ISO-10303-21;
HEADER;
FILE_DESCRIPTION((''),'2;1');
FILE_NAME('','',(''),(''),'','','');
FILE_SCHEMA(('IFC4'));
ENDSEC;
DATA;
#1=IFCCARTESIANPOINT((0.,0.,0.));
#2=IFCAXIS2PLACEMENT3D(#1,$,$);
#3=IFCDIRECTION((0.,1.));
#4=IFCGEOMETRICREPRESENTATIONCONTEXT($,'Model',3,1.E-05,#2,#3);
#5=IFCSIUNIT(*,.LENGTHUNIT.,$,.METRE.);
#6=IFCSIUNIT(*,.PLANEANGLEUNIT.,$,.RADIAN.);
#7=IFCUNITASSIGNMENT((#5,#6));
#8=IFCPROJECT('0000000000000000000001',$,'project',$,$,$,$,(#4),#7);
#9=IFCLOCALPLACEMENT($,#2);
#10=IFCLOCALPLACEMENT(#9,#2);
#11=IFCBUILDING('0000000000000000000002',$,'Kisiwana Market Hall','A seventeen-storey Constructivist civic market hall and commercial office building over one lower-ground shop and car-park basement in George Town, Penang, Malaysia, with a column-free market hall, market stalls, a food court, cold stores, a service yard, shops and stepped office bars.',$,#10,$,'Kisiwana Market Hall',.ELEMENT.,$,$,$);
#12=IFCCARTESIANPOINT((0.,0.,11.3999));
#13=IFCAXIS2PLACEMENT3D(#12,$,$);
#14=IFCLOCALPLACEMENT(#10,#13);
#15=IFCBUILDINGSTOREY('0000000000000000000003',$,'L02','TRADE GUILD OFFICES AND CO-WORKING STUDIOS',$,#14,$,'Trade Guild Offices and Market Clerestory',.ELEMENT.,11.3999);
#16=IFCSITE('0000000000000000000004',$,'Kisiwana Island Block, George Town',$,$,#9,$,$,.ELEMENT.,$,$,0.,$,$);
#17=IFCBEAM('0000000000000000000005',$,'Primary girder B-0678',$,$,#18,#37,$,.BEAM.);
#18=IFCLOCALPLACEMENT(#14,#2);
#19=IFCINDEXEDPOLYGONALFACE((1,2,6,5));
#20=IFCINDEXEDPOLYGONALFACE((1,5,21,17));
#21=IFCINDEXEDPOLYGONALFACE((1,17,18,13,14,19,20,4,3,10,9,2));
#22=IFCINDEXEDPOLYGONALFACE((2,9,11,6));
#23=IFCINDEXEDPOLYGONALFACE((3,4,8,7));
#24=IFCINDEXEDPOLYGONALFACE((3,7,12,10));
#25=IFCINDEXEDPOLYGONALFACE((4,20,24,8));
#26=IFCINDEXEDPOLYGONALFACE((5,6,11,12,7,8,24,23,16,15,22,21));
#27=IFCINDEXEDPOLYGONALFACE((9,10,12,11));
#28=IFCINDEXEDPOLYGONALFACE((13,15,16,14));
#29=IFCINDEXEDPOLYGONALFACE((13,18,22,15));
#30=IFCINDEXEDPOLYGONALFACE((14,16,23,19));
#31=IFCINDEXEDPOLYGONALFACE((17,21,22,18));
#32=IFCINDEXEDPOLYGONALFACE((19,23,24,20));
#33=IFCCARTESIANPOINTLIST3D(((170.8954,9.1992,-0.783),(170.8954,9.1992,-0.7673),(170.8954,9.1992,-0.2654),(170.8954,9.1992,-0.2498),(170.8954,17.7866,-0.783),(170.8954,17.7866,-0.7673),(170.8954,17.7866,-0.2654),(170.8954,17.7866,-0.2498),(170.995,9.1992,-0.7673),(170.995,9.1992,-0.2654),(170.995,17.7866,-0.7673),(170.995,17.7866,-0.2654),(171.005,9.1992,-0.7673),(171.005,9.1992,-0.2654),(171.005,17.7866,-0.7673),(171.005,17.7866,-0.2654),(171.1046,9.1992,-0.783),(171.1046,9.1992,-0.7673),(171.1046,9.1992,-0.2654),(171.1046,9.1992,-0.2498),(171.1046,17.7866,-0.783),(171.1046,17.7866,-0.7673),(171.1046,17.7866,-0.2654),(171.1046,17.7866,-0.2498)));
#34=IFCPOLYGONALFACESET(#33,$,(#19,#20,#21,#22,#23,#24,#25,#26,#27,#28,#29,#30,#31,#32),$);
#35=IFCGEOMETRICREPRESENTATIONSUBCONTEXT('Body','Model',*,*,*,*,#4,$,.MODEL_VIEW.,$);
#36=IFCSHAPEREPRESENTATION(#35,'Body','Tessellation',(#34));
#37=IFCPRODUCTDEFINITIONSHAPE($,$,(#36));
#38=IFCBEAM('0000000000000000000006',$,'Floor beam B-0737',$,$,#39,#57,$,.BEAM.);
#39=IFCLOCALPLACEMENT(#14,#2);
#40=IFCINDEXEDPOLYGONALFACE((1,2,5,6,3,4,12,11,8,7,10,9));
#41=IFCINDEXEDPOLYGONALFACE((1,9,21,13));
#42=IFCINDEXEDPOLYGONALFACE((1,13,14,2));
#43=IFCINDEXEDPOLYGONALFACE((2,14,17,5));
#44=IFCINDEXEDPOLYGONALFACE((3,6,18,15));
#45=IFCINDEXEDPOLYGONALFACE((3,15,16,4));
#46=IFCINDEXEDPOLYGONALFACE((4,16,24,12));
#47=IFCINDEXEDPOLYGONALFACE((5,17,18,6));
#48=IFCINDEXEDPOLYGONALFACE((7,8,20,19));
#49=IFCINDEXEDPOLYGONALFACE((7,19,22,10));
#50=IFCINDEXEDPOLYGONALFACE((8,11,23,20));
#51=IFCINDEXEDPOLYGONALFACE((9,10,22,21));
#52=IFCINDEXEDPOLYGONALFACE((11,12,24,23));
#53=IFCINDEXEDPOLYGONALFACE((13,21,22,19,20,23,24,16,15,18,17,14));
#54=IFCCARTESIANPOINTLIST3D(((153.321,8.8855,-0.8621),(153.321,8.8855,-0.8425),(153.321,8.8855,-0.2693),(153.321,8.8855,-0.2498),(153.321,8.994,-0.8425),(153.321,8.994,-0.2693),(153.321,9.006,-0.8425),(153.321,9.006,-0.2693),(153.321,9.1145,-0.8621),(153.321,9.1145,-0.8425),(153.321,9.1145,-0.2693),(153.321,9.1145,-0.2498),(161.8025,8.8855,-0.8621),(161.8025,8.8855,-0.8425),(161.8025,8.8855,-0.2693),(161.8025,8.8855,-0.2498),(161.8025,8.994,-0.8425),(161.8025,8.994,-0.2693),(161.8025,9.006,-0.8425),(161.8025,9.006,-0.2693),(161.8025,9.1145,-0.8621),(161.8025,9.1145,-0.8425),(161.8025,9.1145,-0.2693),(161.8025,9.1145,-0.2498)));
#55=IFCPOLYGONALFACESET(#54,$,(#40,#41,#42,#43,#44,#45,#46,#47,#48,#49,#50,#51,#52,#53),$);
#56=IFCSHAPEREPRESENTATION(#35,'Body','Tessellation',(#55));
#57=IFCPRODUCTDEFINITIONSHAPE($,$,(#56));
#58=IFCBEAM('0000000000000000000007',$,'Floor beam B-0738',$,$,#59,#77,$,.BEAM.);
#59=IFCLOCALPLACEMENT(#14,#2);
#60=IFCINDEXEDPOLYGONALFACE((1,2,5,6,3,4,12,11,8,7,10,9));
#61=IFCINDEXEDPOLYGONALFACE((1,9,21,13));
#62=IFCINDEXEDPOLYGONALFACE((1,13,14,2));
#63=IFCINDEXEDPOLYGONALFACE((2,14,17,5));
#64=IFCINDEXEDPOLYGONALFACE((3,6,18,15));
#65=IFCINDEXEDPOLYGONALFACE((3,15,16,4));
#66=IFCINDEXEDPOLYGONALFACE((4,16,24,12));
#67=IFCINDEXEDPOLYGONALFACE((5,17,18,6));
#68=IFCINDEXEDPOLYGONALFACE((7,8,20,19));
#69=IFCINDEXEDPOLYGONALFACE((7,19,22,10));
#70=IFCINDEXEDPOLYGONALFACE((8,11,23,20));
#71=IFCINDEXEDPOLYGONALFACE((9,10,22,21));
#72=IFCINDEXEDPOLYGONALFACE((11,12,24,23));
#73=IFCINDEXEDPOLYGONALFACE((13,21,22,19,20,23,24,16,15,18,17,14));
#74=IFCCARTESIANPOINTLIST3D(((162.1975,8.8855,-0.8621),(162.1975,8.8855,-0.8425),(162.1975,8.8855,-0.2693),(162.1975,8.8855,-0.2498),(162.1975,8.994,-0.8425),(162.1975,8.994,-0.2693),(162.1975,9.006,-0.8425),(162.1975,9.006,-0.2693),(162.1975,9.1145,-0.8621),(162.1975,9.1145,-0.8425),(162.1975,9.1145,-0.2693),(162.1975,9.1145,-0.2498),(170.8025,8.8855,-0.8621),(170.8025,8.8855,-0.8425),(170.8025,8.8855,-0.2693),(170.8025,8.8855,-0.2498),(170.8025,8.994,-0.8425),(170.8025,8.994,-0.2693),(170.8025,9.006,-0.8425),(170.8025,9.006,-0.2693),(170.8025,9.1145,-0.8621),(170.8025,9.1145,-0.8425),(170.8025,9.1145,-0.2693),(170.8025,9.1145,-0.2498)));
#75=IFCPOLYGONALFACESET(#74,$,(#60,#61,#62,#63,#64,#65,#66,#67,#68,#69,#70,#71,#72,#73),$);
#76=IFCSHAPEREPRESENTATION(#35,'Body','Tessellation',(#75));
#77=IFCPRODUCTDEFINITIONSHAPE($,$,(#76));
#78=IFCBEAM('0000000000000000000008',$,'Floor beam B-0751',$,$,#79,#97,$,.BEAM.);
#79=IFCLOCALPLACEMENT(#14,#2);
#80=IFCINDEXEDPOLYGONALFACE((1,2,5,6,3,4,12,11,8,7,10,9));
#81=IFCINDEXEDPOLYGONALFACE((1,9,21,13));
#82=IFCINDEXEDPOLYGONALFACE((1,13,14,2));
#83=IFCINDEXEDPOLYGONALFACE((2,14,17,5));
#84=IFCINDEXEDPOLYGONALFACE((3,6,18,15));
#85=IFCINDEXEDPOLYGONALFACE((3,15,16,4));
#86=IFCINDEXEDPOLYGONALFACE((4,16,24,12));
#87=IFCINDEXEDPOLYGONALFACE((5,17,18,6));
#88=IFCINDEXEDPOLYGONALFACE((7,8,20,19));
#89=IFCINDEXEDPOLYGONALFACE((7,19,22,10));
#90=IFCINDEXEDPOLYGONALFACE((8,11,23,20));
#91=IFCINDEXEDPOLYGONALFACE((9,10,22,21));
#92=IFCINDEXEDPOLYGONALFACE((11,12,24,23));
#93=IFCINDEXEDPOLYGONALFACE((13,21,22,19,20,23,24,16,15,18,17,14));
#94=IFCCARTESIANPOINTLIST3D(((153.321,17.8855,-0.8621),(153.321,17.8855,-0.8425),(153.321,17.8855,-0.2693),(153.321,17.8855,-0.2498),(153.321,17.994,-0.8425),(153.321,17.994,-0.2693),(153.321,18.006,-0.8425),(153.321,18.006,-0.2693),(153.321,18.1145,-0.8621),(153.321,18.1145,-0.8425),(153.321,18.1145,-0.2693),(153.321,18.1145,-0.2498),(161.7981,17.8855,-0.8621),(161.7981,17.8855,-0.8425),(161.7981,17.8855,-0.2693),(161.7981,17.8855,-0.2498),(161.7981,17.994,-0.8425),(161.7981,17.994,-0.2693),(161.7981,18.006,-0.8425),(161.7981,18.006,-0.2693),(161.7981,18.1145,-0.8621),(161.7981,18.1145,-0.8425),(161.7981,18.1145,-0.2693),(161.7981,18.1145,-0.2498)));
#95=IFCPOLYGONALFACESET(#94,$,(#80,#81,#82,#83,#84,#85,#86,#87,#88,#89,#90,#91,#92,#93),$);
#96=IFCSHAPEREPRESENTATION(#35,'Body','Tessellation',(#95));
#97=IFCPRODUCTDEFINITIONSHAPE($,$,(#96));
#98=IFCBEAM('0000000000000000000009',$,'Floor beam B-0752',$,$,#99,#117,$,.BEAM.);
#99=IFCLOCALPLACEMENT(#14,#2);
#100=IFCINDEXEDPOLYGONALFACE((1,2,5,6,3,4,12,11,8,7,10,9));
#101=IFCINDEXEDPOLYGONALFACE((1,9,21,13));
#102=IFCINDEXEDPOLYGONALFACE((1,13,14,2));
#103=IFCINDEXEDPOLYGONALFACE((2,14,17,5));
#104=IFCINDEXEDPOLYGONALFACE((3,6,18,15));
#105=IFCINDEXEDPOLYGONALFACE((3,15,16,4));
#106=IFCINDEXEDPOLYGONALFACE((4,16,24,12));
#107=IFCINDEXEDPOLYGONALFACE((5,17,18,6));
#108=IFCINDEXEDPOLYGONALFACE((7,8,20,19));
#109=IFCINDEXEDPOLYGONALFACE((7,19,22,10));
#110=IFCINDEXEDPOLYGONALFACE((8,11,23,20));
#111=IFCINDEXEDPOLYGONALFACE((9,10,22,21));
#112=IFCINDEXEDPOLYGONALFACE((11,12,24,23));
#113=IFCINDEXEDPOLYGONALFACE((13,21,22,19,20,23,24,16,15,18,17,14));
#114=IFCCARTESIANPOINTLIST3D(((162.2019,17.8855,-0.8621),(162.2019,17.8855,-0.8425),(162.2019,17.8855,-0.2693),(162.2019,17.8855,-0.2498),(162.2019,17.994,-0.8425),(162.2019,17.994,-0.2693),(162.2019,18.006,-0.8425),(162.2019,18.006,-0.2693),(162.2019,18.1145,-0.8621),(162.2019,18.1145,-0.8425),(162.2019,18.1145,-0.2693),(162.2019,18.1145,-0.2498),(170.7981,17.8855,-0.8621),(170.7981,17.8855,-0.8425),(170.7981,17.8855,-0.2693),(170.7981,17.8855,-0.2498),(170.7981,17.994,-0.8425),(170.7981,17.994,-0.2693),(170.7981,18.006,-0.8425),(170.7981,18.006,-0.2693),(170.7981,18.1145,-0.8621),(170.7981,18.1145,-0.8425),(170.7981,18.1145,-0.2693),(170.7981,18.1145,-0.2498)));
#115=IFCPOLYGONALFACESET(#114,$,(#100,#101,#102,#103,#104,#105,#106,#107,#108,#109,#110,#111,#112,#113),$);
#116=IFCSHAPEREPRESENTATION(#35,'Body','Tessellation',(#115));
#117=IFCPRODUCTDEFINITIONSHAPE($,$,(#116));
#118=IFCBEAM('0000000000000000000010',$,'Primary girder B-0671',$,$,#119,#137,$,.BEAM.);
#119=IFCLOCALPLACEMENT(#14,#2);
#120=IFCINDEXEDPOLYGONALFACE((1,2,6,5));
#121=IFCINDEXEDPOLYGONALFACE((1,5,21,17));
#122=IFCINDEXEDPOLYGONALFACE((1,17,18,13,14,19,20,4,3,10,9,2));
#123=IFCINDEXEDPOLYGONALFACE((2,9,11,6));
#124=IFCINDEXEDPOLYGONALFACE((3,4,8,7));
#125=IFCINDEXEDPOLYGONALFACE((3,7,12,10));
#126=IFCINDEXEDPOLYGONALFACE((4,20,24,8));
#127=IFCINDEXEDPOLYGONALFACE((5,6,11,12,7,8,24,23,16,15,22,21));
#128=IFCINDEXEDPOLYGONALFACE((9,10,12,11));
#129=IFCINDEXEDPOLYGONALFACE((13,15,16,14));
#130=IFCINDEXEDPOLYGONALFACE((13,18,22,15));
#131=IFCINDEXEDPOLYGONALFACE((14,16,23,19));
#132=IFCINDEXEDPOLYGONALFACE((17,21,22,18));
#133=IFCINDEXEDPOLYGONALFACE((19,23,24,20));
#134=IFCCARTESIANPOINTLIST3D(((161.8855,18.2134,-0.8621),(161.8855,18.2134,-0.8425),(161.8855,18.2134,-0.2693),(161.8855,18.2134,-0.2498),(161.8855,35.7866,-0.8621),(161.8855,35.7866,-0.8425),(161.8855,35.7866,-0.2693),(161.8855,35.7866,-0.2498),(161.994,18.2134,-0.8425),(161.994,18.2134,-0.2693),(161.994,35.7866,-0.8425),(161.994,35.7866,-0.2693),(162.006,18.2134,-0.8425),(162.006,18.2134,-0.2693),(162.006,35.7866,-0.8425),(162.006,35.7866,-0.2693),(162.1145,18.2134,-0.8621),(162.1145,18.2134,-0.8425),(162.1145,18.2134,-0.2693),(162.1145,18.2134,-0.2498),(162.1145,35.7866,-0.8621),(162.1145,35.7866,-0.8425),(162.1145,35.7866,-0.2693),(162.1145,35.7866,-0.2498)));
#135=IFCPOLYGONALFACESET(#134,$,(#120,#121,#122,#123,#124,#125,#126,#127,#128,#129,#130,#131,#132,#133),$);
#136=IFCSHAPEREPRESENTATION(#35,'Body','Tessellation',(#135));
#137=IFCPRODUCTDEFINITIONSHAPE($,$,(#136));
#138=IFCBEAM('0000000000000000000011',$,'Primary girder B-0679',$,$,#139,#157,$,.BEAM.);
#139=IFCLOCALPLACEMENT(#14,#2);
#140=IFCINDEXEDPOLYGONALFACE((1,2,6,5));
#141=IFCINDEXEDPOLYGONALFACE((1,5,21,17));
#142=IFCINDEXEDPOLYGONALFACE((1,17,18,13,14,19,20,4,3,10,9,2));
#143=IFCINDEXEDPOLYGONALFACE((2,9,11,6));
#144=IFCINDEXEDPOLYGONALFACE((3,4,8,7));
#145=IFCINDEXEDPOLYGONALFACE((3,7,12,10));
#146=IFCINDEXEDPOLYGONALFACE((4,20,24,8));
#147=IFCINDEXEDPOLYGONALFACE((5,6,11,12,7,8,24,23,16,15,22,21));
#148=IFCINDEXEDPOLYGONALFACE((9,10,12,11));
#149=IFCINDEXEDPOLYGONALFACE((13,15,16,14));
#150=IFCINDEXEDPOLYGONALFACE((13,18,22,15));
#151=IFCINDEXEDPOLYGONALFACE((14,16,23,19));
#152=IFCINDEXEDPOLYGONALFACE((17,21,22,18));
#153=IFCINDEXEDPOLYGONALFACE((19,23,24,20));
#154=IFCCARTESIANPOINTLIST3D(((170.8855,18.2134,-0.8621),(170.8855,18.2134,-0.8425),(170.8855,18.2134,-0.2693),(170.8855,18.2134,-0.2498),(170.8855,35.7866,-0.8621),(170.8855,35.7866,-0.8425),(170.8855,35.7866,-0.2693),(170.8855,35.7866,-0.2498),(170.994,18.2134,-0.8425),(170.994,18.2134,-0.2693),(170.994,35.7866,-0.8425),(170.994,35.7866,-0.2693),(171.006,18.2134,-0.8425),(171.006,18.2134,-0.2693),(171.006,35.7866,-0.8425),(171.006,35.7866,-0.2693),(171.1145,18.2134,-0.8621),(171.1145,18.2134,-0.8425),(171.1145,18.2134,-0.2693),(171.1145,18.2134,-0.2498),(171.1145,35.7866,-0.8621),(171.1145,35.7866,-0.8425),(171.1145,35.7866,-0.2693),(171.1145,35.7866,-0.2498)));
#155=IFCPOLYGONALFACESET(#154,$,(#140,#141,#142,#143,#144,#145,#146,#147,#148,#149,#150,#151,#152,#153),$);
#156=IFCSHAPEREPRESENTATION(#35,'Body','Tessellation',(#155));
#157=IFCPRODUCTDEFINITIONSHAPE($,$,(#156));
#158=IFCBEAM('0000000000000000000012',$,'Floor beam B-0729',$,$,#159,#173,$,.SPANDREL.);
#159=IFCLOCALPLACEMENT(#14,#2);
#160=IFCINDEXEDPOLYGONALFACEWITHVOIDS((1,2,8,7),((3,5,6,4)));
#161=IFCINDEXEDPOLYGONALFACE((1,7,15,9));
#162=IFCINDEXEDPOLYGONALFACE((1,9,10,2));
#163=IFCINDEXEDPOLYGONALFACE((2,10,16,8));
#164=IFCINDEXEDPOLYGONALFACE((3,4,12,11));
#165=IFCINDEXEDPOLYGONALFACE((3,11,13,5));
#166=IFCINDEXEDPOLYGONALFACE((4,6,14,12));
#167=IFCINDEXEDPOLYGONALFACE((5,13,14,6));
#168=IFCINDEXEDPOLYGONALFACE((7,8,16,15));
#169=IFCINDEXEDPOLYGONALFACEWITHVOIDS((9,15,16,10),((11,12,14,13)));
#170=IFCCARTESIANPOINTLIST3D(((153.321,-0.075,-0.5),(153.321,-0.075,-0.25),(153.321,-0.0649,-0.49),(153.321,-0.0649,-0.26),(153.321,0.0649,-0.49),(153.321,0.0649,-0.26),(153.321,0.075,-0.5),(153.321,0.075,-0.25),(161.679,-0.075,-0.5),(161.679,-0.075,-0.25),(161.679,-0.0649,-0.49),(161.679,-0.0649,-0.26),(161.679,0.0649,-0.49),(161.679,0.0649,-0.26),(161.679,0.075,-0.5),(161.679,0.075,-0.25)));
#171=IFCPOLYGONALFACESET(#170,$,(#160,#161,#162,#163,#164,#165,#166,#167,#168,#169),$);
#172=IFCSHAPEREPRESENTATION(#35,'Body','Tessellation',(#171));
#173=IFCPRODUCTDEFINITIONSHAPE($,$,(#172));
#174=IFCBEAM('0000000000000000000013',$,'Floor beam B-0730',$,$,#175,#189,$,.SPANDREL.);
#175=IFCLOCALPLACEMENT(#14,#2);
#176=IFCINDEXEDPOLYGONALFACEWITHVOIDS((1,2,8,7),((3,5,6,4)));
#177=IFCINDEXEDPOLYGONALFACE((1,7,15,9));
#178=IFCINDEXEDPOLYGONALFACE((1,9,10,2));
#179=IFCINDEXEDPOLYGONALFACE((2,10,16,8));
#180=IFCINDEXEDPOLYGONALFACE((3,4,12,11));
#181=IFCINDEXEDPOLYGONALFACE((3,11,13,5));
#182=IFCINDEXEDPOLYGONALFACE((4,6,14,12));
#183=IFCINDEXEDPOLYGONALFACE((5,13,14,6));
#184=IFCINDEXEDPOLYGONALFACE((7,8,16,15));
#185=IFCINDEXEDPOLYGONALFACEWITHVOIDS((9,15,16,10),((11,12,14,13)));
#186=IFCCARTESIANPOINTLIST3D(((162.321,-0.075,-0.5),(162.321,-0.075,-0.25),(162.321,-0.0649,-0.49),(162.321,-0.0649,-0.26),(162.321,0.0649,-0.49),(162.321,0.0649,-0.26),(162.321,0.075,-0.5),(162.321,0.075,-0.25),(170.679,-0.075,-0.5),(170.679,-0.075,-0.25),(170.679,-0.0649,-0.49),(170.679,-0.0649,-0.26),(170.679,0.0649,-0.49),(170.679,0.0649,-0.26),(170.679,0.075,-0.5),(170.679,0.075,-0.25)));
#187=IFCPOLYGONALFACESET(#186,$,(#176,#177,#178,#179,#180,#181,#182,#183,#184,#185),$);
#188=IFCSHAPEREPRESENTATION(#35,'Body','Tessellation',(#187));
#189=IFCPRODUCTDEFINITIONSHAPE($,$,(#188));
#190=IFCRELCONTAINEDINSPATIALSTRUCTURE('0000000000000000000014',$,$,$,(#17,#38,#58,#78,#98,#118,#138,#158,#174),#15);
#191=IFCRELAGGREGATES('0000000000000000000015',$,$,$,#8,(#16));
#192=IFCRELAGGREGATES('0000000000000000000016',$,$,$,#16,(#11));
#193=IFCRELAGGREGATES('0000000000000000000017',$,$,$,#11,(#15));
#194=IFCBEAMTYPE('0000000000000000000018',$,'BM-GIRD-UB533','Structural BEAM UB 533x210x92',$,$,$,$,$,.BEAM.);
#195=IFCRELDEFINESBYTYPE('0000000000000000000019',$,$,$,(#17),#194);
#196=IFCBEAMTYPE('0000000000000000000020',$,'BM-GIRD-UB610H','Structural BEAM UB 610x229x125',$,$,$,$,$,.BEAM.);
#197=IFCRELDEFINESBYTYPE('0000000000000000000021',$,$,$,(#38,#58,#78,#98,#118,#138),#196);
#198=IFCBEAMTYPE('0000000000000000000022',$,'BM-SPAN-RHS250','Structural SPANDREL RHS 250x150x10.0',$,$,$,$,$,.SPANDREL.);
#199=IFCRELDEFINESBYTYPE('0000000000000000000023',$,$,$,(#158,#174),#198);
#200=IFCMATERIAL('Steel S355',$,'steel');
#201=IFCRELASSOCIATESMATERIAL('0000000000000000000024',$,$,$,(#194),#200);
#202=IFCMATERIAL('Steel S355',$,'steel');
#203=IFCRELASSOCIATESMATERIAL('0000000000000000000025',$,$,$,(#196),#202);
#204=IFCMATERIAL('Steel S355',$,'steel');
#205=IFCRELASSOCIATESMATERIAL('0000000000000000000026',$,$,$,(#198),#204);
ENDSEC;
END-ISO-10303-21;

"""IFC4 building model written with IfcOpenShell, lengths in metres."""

from ifc_helpers import new_model, si_unit, direction, frame, origin, origin_2d, place, context, subcontext, project, spatial, hollow_rectangle, i_section, extrude, material, material_profile, profile_set, type_object, element, save


model = new_model("IFC4")

# Units and contexts
model_context = context("Model", 3, precision=1e-05, world=origin(), true_north=direction((0.0, 1.0)))
body_context = subcontext(model_context, "Body", "Model", "MODEL_VIEW")
ifc_project = project(units=[si_unit("LENGTHUNIT", "METRE"), si_unit("PLANEANGLEUNIT", "RADIAN")], contexts=[model_context])

# Site, building, storey
site_placement = place(None, origin())
site = spatial("IfcSite", under=ifc_project, at=site_placement, Name="Kisiwana Island Block, George Town", CompositionType="ELEMENT", RefElevation=0.0)
building_placement = place(site_placement, origin())
building = spatial("IfcBuilding", under=site, at=building_placement, Name="Kisiwana Market Hall", Description="A seventeen-storey Constructivist civic market hall and commercial office building over one lower-ground shop and car-park basement in George Town, Penang, Malaysia, with a column-free market hall, market stalls, a food court, cold stores, a service yard, shops and stepped office bars.", LongName="Kisiwana Market Hall", CompositionType="ELEMENT")
storey_placement = place(building_placement, frame((0.0, 0.0, 11.3999)))
storey = spatial("IfcBuildingStorey", under=building, at=storey_placement, Name="L02", Description="TRADE GUILD OFFICES AND CO-WORKING STUDIOS", LongName="Trade Guild Offices and Market Clerestory", CompositionType="ELEMENT", Elevation=11.3999)

# Beams
ifc_material_1 = material(Name="Steel S355", Category="steel")
ifc_material_profile_1 = material_profile(ifc_material_1, i_section(OverallWidth=0.2092, OverallDepth=0.5332, WebThickness=0.01, FlangeThickness=0.0156, at=origin_2d()), Name="UB 533x210x92")
ifc_profile_set_1 = profile_set([ifc_material_profile_1], Name="Steel S355")
beam_type_1 = type_object("IfcBeamType", Name="BM-GIRD-UB533", Description="Structural BEAM UB 533x210x92", PredefinedType="BEAM", material=ifc_profile_set_1)
beam_1_placement = place(storey_placement, frame((171.0, 9.1992, -0.5164), z_axis=(0.0, 1.0, 0.0), x_axis=(-1.0, 0.0, 0.0)))
element("IfcBeam", 1, at=beam_1_placement, inside=storey, type_object=beam_type_1, Name="Primary girder B-0678", PredefinedType="BEAM", context=body_context, shape_type="SweptSolid", body=[
    extrude(i_section(OverallWidth=0.2092, OverallDepth=0.5332, WebThickness=0.01, FlangeThickness=0.0156, at=origin_2d()), origin(), (0.0, 0.0, 1.0), 8.5874),
])
ifc_material_2 = material(Name="Steel S355", Category="steel")
ifc_material_profile_2 = material_profile(ifc_material_2, i_section(OverallWidth=0.229, OverallDepth=0.6123, WebThickness=0.012, FlangeThickness=0.0195, at=origin_2d()), Name="UB 610x229x125")
ifc_profile_set_2 = profile_set([ifc_material_profile_2], Name="Steel S355")
beam_type_2 = type_object("IfcBeamType", Name="BM-GIRD-UB610H", Description="Structural BEAM UB 610x229x125", PredefinedType="BEAM", material=ifc_profile_set_2)
beam_2_placement = place(storey_placement, frame((153.321, 9.0, -0.5559), z_axis=(1.0, 0.0, 0.0), x_axis=(0.0, 1.0, 0.0)))
element("IfcBeam", 2, at=beam_2_placement, inside=storey, type_object=beam_type_2, Name="Floor beam B-0737", PredefinedType="BEAM", context=body_context, shape_type="SweptSolid", body=[
    extrude(i_section(OverallWidth=0.229, OverallDepth=0.6123, WebThickness=0.012, FlangeThickness=0.0195, at=origin_2d()), origin(), (0.0, 0.0, 1.0), 8.4814),
])
beam_3_placement = place(storey_placement, frame((162.1975, 9.0, -0.5559), z_axis=(1.0, 0.0, 0.0), x_axis=(0.0, 1.0, 0.0)))
element("IfcBeam", 3, at=beam_3_placement, inside=storey, type_object=beam_type_2, Name="Floor beam B-0738", PredefinedType="BEAM", context=body_context, shape_type="SweptSolid", body=[
    extrude(i_section(OverallWidth=0.229, OverallDepth=0.6123, WebThickness=0.012, FlangeThickness=0.0195, at=origin_2d()), origin(), (0.0, 0.0, 1.0), 8.605),
])
beam_4_placement = place(storey_placement, frame((153.321, 18.0, -0.5559), z_axis=(1.0, 0.0, 0.0), x_axis=(0.0, 1.0, 0.0)))
element("IfcBeam", 4, at=beam_4_placement, inside=storey, type_object=beam_type_2, Name="Floor beam B-0751", PredefinedType="BEAM", context=body_context, shape_type="SweptSolid", body=[
    extrude(i_section(OverallWidth=0.229, OverallDepth=0.6123, WebThickness=0.012, FlangeThickness=0.0195, at=origin_2d()), origin(), (0.0, 0.0, 1.0), 8.4771),
])
beam_5_placement = place(storey_placement, frame((162.2019, 18.0, -0.5559), z_axis=(1.0, 0.0, 0.0), x_axis=(0.0, 1.0, 0.0)))
element("IfcBeam", 5, at=beam_5_placement, inside=storey, type_object=beam_type_2, Name="Floor beam B-0752", PredefinedType="BEAM", context=body_context, shape_type="SweptSolid", body=[
    extrude(i_section(OverallWidth=0.229, OverallDepth=0.6123, WebThickness=0.012, FlangeThickness=0.0195, at=origin_2d()), origin(), (0.0, 0.0, 1.0), 8.5962),
])
for number, where, z_axis, x_axis, name in (
    (6, (162.0, 18.2134, -0.5559), (0.0, 1.0, 0.0), (-1.0, 0.0, 0.0), "Primary girder B-0671"),
    (7, (171.0, 18.2134, -0.5559), (0.0, 1.0, 0.0), (-1.0, 0.0, 0.0), "Primary girder B-0679"),
):
    element("IfcBeam", number, at=place(storey_placement, frame(where, z_axis=z_axis, x_axis=x_axis)), inside=storey, type_object=beam_type_2, Name=name, PredefinedType="BEAM", context=body_context, shape_type="SweptSolid", body=[
        extrude(i_section(OverallWidth=0.229, OverallDepth=0.6123, WebThickness=0.012, FlangeThickness=0.0195, at=origin_2d()), origin(), (0.0, 0.0, 1.0), 17.5732),
    ])
ifc_material_3 = material(Name="Steel S355", Category="steel")
ifc_material_profile_3 = material_profile(ifc_material_3, hollow_rectangle(XDim=0.1499, YDim=0.25, WallThickness=0.01, at=origin_2d()), Name="RHS 250x150x10.0")
ifc_profile_set_3 = profile_set([ifc_material_profile_3], Name="Steel S355")
beam_type_3 = type_object("IfcBeamType", Name="BM-SPAN-RHS250", Description="Structural SPANDREL RHS 250x150x10.0", PredefinedType="SPANDREL", material=ifc_profile_set_3)
for number, where, z_axis, x_axis, name in (
    (8, (153.321, 0.0, -0.375), (1.0, 0.0, 0.0), (0.0, 1.0, 0.0), "Floor beam B-0729"),
    (9, (162.321, 0.0, -0.375), (1.0, 0.0, 0.0), (0.0, 1.0, 0.0), "Floor beam B-0730"),
):
    element("IfcBeam", number, at=place(storey_placement, frame(where, z_axis=z_axis, x_axis=x_axis)), inside=storey, type_object=beam_type_3, Name=name, PredefinedType="SPANDREL", context=body_context, shape_type="SweptSolid", body=[
        extrude(hollow_rectangle(XDim=0.1499, YDim=0.25, WallThickness=0.01, at=origin_2d()), origin(), (0.0, 0.0, 1.0), 8.3579),
    ])

save(model, "model.ifc")
